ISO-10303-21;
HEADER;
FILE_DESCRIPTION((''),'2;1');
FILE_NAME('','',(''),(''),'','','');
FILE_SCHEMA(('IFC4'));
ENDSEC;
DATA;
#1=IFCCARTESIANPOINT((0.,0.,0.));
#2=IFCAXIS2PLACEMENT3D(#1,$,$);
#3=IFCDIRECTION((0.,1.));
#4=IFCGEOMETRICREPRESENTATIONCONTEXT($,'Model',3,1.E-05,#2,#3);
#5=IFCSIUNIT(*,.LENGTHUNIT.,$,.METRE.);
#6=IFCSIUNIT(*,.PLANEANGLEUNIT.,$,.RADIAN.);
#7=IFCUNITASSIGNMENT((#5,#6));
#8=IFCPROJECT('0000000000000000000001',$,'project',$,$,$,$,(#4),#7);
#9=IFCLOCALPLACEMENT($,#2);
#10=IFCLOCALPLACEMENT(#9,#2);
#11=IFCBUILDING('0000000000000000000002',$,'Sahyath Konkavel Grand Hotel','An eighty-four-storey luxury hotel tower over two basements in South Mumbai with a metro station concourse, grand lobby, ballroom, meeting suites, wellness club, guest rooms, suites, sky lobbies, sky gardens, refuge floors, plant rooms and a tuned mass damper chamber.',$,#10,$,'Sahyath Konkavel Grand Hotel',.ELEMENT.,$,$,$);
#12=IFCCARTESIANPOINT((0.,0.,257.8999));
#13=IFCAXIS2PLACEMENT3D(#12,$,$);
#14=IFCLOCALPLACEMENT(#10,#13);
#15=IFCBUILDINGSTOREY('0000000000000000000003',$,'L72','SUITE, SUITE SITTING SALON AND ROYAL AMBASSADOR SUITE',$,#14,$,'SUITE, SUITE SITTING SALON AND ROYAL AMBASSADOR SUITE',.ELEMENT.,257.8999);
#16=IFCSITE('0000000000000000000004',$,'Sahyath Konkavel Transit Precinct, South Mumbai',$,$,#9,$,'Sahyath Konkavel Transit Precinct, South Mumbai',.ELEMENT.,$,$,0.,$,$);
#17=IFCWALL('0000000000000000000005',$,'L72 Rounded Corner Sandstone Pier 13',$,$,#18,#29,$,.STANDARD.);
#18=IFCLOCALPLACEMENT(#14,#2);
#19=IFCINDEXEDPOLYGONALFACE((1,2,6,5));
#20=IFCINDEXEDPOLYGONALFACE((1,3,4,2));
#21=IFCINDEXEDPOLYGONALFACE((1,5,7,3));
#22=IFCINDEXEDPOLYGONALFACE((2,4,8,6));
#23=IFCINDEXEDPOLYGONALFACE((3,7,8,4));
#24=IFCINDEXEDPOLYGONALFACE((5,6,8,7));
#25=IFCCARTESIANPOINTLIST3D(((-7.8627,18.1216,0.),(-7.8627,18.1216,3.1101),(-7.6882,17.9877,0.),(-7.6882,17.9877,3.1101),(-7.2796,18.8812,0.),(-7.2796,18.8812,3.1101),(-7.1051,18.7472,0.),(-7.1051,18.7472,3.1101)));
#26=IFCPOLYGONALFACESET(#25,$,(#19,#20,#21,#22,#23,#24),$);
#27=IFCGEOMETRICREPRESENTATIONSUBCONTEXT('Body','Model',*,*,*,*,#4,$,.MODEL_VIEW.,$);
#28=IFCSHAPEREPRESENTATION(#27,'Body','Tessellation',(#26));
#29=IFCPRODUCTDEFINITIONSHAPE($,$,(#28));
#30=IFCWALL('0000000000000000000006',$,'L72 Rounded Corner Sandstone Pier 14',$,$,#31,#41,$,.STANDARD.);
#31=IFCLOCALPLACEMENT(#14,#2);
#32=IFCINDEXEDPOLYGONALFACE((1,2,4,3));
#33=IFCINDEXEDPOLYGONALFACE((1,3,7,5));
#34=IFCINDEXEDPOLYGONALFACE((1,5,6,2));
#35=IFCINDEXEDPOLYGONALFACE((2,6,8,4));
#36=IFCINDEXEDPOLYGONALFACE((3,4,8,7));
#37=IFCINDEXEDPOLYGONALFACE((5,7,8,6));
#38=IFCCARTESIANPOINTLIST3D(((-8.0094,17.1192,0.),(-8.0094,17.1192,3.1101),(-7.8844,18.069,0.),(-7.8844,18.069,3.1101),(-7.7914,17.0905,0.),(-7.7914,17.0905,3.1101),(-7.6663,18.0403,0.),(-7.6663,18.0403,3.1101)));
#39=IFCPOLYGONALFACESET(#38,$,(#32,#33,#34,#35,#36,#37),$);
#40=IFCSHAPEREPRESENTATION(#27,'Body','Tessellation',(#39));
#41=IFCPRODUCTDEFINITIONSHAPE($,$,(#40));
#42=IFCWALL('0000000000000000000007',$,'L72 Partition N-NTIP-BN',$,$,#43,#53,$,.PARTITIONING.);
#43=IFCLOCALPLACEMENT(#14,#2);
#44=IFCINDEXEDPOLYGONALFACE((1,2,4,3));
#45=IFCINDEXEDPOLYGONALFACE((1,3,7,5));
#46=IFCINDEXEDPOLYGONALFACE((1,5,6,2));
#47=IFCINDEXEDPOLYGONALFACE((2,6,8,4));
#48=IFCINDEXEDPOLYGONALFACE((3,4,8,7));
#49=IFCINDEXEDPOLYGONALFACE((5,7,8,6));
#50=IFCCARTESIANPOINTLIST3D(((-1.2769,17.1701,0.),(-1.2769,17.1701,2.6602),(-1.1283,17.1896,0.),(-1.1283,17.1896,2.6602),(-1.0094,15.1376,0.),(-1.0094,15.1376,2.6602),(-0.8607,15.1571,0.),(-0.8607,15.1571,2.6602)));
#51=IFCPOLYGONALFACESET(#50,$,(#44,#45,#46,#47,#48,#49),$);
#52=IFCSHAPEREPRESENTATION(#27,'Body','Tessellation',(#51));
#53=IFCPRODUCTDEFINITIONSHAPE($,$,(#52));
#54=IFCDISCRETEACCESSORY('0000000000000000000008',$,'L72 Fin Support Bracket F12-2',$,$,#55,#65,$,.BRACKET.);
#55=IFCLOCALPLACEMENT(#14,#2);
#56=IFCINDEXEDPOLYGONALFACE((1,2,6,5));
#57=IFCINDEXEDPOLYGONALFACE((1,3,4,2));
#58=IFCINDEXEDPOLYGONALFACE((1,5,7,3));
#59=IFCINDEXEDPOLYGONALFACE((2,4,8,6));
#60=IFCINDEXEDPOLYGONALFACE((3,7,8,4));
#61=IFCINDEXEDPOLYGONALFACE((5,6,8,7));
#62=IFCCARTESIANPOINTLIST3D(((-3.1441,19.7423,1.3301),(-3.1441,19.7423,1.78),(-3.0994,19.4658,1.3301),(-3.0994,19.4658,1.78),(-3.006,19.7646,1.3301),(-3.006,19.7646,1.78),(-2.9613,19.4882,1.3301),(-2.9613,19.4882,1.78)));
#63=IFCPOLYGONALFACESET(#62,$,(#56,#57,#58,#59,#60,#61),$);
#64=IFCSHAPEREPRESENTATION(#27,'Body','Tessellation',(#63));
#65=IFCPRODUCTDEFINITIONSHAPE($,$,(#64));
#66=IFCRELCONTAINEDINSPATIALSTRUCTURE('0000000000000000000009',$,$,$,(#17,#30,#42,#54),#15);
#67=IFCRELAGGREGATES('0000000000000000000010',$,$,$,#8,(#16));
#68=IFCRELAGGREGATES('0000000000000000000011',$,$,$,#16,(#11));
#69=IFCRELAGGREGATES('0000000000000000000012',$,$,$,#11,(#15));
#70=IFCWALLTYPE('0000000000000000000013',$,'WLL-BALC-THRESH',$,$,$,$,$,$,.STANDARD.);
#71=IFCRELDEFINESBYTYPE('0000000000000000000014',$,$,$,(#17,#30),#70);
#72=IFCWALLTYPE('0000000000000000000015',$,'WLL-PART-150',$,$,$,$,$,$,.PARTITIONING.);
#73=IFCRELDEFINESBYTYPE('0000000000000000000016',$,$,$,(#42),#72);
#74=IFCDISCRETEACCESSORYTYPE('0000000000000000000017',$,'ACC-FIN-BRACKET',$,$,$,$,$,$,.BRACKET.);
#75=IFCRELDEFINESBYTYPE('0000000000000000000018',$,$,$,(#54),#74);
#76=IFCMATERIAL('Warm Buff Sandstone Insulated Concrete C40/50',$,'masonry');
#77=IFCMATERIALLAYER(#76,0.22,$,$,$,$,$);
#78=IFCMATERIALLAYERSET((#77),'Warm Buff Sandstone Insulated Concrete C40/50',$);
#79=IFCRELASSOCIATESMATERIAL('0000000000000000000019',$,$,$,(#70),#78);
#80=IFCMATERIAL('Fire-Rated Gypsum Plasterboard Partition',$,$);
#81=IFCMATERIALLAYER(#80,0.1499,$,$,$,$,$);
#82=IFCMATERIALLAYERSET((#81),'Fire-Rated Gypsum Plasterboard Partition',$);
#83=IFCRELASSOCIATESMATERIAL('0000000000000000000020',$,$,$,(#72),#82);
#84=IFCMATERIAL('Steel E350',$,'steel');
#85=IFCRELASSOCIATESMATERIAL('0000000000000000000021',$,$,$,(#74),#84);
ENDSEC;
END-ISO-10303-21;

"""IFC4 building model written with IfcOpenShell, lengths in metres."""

from ifc_helpers import new_model, si_unit, direction, frame, frame_2d, origin, origin_2d, place, context, subcontext, project, spatial, rectangle, extrude, source, transform, mapped, material, layer, layer_set, type_object, element, save


model = new_model("IFC4")

# Units and contexts
model_context = context("Model", 3, precision=1e-05, world=origin(), true_north=direction((0.0, 1.0)))
body_context = subcontext(model_context, "Body", "Model", "MODEL_VIEW")
ifc_project = project(units=[si_unit("LENGTHUNIT", "METRE"), si_unit("PLANEANGLEUNIT", "RADIAN")], contexts=[model_context])

# Site, building, storey
site_placement = place(None, origin())
site = spatial("IfcSite", under=ifc_project, at=site_placement, Name="Sahyath Konkavel Transit Precinct, South Mumbai", LongName="Sahyath Konkavel Transit Precinct, South Mumbai", CompositionType="ELEMENT", RefElevation=0.0)
building_placement = place(site_placement, origin())
building = spatial("IfcBuilding", under=site, at=building_placement, Name="Sahyath Konkavel Grand Hotel", Description="An eighty-four-storey luxury hotel tower over two basements in South Mumbai with a metro station concourse, grand lobby, ballroom, meeting suites, wellness club, guest rooms, suites, sky lobbies, sky gardens, refuge floors, plant rooms and a tuned mass damper chamber.", LongName="Sahyath Konkavel Grand Hotel", CompositionType="ELEMENT")
storey_placement = place(building_placement, frame((0.0, 0.0, 257.8999)))
storey = spatial("IfcBuildingStorey", under=building, at=storey_placement, Name="L72", Description="SUITE, SUITE SITTING SALON AND ROYAL AMBASSADOR SUITE", LongName="SUITE, SUITE SITTING SALON AND ROYAL AMBASSADOR SUITE", CompositionType="ELEMENT", Elevation=257.8999)

# Shared definitions
ifc_material_1 = material(Name="Steel E350", Category="steel")

# Walls
ifc_material_2 = material(Name="Warm Buff Sandstone Insulated Concrete C40/50", Category="masonry")
ifc_layer_1 = layer(ifc_material_2, 0.22)
ifc_layer_set_1 = layer_set([ifc_layer_1], Name="Warm Buff Sandstone Insulated Concrete C40/50")
wall_type_1 = type_object("IfcWallType", Name="WLL-BALC-THRESH", PredefinedType="STANDARD", material=ifc_layer_set_1)
wall_1_placement = place(storey_placement, frame((-7.1924, 18.8142, 0.0), z_axis=(0.0, 0.0, 1.0), x_axis=(-0.608897, -0.793249, 0.0)))
element("IfcWall", 1, at=wall_1_placement, inside=storey, type_object=wall_type_1, Name="L72 Rounded Corner Sandstone Pier 13", PredefinedType="STANDARD", context=body_context, shape_type="SweptSolid", body=[
    extrude(rectangle(XDim=0.9575, YDim=0.22, at=frame_2d((0.4788, 0.0))), origin(), (0.0, 0.0, 1.0), 3.1101),
])
wall_2_placement = place(storey_placement, frame((-7.7754, 18.0547, 0.0), z_axis=(0.0, 0.0, 1.0), x_axis=(-0.130494, -0.991449, 0.0)))
element("IfcWall", 2, at=wall_2_placement, inside=storey, type_object=wall_type_1, Name="L72 Rounded Corner Sandstone Pier 14", PredefinedType="STANDARD", context=body_context, shape_type="SweptSolid", body=[
    extrude(rectangle(XDim=0.958, YDim=0.22, at=frame_2d((0.479, 0.0))), origin(), (0.0, 0.0, 1.0), 3.1101),
])
ifc_material_3 = material(Name="Fire-Rated Gypsum Plasterboard Partition")
ifc_layer_2 = layer(ifc_material_3, 0.1499)
ifc_layer_set_2 = layer_set([ifc_layer_2], Name="Fire-Rated Gypsum Plasterboard Partition")
wall_type_2 = type_object("IfcWallType", Name="WLL-PART-150", PredefinedType="PARTITIONING", material=ifc_layer_set_2)
wall_3_placement = place(storey_placement, frame((-0.9351, 15.1475, 0.0), z_axis=(0.0, 0.0, 1.0), x_axis=(-0.130525, 0.991445, 0.0)))
element("IfcWall", 3, at=wall_3_placement, inside=storey, type_object=wall_type_2, Name="L72 Partition N-NTIP-BN", PredefinedType="PARTITIONING", context=body_context, shape_type="SweptSolid", body=[
    extrude(rectangle(XDim=2.05, YDim=0.1499, at=frame_2d((1.0249, 0.0))), origin(), (0.0, 0.0, 1.0), 2.6602),
])

# Discrete accessory
discrete_accessory_type = type_object("IfcDiscreteAccessoryType", Name="ACC-FIN-BRACKET", PredefinedType="BRACKET", material=ifc_material_1)
shared_shape_1 = source(origin(), body_context, "Body", "SweptSolid", [
    extrude(rectangle(XDim=0.28, YDim=0.1399, at=origin_2d()), origin(), (0.0, 0.0, 1.0), 0.45),
])
discrete_accessory_placement = place(storey_placement, frame((-3.0527, 19.6152, 1.3301), z_axis=(0.0, 0.0, 1.0), x_axis=(-0.159623, 0.987178, 0.0)))
element("IfcDiscreteAccessory", 4, at=discrete_accessory_placement, inside=storey, type_object=discrete_accessory_type, Name="L72 Fin Support Bracket F12-2", PredefinedType="BRACKET", context=body_context, shape_type="MappedRepresentation", body=[
    mapped(shared_shape_1, transform((0.0, 0.0, 0.0), scale=1.0)),
])

save(model, "model.ifc")
